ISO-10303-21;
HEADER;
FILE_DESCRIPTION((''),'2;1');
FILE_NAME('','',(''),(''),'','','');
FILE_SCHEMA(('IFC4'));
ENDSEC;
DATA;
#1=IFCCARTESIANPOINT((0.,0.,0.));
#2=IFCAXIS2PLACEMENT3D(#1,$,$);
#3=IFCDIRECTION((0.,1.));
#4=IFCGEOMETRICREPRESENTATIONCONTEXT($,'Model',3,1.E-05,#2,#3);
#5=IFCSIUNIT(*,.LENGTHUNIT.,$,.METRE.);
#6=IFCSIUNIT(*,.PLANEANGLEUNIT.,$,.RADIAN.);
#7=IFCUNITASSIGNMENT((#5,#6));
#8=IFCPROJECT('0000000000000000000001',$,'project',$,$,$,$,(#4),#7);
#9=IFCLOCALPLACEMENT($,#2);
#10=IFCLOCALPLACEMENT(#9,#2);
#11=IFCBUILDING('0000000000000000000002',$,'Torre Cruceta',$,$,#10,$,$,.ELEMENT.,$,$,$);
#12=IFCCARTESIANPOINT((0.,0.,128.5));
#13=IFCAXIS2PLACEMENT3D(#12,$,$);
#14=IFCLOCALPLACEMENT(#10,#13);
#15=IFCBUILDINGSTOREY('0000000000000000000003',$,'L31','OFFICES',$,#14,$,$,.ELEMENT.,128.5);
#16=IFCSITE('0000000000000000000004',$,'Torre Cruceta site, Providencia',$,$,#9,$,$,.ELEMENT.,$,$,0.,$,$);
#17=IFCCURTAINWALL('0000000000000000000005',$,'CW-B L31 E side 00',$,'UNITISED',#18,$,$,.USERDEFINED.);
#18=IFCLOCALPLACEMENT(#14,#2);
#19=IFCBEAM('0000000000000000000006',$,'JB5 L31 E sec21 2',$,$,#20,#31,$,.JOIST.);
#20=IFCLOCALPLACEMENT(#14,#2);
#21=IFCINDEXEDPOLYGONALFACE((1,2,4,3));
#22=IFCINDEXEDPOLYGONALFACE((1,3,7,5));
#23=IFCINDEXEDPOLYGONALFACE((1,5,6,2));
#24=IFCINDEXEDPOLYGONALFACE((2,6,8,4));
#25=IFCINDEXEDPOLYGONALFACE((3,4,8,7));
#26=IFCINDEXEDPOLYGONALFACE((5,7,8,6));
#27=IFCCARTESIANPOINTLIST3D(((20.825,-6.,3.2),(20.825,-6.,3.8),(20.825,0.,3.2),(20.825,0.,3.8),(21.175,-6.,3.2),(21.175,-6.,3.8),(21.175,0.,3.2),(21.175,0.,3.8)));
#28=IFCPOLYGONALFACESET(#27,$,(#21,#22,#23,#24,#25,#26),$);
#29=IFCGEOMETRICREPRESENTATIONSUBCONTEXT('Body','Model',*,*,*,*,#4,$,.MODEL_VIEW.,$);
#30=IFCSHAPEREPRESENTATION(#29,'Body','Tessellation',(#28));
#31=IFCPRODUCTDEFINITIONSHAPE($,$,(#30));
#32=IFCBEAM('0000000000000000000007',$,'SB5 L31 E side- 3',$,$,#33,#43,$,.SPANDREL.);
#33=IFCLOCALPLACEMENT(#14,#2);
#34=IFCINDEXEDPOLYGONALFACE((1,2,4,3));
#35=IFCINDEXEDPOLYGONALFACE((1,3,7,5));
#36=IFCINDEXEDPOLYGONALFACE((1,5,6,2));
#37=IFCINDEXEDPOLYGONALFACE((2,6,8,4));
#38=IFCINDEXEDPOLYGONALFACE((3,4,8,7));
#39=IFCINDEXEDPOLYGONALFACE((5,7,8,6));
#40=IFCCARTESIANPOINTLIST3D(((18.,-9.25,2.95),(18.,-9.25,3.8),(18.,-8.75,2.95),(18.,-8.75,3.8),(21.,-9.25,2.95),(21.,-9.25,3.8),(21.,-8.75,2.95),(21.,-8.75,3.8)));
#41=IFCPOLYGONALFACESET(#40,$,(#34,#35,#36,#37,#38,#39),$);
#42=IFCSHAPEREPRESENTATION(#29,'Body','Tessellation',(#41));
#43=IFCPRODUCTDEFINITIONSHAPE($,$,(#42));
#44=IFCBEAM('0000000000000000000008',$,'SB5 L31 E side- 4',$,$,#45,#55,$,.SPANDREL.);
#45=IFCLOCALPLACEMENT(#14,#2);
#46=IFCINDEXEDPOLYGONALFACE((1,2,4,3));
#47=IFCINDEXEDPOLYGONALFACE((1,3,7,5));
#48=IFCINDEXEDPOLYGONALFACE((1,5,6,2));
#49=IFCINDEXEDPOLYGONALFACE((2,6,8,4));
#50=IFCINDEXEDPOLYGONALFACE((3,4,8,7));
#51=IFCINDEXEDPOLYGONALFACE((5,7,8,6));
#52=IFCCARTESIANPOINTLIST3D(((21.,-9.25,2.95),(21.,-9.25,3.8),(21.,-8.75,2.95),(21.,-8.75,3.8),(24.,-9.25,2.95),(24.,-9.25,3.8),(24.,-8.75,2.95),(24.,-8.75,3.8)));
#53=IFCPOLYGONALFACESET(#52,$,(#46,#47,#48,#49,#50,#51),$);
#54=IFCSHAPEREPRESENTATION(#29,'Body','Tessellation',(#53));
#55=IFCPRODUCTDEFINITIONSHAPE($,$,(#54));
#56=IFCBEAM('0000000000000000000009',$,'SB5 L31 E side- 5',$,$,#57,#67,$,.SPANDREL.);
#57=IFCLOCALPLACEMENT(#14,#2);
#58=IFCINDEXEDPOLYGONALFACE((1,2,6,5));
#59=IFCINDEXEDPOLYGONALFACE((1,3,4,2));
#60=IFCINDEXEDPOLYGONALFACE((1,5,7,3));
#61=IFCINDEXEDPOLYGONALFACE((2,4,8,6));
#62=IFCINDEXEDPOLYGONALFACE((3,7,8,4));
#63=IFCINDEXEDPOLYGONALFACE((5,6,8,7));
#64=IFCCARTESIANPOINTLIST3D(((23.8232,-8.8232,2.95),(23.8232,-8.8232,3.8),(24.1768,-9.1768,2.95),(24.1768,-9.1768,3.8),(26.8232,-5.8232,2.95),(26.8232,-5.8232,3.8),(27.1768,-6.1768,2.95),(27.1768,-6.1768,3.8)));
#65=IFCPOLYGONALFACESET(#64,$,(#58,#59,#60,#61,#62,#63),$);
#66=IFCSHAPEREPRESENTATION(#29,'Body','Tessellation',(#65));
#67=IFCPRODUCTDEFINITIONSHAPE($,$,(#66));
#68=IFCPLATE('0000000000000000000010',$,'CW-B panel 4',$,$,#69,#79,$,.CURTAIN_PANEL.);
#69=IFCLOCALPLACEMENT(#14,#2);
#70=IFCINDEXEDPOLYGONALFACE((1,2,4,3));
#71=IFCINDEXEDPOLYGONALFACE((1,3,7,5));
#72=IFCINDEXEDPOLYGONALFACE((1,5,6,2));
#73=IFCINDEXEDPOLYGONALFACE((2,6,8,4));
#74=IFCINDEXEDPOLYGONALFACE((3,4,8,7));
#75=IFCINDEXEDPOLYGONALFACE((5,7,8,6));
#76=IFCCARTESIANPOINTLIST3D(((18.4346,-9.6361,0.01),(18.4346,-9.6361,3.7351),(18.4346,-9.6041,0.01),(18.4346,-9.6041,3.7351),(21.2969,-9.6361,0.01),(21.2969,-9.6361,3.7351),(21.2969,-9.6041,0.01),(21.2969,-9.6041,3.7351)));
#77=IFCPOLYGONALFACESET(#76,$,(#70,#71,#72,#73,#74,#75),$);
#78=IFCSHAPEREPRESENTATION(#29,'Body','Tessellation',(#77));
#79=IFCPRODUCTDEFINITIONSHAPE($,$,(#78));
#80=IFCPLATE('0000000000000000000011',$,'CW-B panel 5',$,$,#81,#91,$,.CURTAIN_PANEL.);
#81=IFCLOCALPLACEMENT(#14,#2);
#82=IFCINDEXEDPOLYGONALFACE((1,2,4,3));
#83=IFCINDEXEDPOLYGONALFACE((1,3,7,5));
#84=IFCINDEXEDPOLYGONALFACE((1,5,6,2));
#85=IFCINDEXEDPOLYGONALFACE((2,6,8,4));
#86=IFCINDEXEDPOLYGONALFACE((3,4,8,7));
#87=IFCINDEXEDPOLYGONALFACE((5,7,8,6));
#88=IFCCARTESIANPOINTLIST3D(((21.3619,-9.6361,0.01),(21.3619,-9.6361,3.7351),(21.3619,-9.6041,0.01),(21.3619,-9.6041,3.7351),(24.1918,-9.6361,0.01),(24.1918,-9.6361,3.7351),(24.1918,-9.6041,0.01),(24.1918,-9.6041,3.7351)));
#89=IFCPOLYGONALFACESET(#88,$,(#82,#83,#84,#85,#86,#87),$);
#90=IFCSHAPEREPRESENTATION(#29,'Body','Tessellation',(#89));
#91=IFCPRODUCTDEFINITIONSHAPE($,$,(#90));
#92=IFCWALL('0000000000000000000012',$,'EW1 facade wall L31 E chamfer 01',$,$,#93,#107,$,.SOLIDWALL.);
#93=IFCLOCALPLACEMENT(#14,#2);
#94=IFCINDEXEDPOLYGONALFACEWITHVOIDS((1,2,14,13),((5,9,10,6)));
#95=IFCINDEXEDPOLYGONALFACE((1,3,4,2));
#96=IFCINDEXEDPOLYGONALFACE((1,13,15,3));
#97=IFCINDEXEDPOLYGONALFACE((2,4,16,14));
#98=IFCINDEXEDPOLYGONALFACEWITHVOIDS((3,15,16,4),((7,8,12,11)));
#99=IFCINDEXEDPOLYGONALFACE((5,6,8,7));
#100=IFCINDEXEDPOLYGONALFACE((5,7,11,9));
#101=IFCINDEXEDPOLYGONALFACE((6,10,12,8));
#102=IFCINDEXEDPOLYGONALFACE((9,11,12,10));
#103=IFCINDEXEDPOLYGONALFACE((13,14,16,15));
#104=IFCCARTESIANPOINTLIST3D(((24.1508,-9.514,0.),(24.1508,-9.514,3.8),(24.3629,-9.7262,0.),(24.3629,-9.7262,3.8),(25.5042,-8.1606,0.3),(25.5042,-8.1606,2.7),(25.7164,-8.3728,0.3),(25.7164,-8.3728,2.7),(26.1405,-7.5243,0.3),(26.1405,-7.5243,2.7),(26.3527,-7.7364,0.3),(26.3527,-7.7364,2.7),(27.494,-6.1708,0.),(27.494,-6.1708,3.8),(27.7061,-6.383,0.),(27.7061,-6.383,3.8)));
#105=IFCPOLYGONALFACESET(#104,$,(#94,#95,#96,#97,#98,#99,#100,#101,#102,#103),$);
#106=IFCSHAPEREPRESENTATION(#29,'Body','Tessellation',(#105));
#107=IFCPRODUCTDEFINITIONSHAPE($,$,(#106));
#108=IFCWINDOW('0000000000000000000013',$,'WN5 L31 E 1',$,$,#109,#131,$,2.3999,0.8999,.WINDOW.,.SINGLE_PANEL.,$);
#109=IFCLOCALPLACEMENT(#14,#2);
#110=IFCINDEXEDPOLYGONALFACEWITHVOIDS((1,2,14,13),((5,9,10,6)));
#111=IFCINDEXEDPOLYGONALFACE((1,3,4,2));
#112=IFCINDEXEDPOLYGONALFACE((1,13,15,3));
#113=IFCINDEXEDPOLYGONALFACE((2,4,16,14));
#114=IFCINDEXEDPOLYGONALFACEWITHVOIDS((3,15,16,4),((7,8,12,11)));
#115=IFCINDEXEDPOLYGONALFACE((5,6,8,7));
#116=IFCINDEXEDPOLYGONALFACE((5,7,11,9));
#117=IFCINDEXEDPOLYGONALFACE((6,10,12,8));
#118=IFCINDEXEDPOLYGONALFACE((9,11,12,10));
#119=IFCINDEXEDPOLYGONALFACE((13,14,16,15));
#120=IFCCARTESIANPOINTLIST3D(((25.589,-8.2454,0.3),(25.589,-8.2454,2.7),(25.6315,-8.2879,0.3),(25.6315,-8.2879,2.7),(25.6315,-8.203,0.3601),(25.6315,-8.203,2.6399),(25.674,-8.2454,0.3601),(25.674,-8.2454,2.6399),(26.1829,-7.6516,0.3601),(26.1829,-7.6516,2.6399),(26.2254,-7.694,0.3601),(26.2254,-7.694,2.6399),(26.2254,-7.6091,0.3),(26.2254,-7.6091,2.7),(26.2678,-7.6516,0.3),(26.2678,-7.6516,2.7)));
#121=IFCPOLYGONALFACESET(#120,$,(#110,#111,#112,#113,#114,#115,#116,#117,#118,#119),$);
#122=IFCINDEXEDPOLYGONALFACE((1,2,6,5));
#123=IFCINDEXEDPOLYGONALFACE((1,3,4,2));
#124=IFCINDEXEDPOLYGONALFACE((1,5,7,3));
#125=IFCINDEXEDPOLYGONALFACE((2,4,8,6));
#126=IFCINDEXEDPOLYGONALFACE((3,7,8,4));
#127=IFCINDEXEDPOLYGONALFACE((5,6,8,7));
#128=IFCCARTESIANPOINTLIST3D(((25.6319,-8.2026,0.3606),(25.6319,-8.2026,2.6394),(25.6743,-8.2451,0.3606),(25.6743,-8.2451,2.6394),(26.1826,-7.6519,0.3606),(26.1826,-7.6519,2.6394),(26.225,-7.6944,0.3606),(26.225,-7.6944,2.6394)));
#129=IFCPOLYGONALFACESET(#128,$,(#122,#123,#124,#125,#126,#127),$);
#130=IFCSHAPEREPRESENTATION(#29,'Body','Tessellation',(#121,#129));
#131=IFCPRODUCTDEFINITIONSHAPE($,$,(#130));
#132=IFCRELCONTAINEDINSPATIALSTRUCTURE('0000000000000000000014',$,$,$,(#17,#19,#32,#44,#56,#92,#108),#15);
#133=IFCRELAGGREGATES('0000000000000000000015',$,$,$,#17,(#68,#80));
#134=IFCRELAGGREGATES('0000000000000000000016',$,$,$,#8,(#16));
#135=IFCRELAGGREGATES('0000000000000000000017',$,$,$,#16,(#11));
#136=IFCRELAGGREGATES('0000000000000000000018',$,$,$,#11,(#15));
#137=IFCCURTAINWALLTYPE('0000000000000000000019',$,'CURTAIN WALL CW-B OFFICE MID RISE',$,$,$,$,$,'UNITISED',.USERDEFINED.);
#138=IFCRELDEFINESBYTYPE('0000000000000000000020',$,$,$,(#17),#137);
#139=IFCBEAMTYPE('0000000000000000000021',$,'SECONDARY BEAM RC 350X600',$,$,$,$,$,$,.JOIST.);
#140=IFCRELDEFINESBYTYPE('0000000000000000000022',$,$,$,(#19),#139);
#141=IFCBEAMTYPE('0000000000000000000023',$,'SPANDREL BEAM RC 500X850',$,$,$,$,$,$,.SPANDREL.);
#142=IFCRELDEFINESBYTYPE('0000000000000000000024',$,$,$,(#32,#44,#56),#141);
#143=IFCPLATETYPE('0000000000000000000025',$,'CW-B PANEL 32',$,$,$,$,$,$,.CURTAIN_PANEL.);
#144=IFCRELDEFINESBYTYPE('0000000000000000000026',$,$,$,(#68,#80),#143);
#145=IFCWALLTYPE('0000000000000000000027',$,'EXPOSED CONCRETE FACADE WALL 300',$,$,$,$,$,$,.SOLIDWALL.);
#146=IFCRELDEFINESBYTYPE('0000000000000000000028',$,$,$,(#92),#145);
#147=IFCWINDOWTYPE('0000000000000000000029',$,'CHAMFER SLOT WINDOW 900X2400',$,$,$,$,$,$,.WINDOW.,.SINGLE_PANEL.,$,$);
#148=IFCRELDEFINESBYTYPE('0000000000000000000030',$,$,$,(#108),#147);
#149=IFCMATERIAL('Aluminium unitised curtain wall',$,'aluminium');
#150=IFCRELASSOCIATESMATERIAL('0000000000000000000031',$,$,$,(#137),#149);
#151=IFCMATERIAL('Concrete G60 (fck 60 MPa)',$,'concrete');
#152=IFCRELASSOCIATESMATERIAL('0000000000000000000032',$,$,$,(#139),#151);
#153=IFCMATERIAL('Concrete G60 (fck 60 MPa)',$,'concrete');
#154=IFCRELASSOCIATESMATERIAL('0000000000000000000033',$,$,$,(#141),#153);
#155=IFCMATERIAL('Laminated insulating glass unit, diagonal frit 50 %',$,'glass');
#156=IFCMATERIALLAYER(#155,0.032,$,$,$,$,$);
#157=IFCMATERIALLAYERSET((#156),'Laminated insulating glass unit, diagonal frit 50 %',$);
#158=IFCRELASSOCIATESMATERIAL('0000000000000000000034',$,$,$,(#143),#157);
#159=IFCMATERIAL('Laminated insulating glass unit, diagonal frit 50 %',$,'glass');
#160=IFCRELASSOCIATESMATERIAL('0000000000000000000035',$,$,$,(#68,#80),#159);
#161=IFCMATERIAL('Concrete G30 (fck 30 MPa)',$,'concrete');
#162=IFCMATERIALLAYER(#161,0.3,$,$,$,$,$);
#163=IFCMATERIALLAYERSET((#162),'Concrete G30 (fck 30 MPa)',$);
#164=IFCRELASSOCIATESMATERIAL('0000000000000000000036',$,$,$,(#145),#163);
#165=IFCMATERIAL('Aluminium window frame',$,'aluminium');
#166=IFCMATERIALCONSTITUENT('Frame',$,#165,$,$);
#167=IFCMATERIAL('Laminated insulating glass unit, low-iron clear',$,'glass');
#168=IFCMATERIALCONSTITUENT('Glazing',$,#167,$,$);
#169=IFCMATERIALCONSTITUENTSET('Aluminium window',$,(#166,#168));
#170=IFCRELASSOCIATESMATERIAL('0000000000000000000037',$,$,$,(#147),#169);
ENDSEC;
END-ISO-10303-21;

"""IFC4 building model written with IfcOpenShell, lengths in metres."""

from ifc_helpers import new_model, si_unit, direction, frame, frame_2d, origin, origin_2d, place, context, subcontext, project, spatial, rectangle, hollow_rectangle, extrude, material, layer, layer_set, constituent, constituent_set, material_profile, profile_set, type_object, element, fill, aggregate, save


model = new_model("IFC4")

# Units and contexts
model_context = context("Model", 3, precision=1e-05, world=origin(), true_north=direction((0.0, 1.0)))
body_context = subcontext(model_context, "Body", "Model", "MODEL_VIEW")
ifc_project = project(units=[si_unit("LENGTHUNIT", "METRE"), si_unit("PLANEANGLEUNIT", "RADIAN")], contexts=[model_context])

# Site, building, storey
site_placement = place(None, origin())
site = spatial("IfcSite", under=ifc_project, at=site_placement, Name="Torre Cruceta site, Providencia", CompositionType="ELEMENT", RefElevation=0.0)
building_placement = place(site_placement, origin())
building = spatial("IfcBuilding", under=site, at=building_placement, Name="Torre Cruceta", CompositionType="ELEMENT")
storey_placement = place(building_placement, frame((0.0, 0.0, 128.5)))
storey = spatial("IfcBuildingStorey", under=building, at=storey_placement, Name="L31", Description="OFFICES", CompositionType="ELEMENT", Elevation=128.5)

# Curtain wall
ifc_material_1 = material(Name="Aluminium unitised curtain wall", Category="aluminium")
curtain_wall_type = type_object("IfcCurtainWallType", Name="CURTAIN WALL CW-B OFFICE MID RISE", ElementType="UNITISED", PredefinedType="USERDEFINED", material=ifc_material_1)
curtain_wall_placement = place(storey_placement, origin())
curtain_wall = element("IfcCurtainWall", 1, at=curtain_wall_placement, inside=storey, type_object=curtain_wall_type, Name="CW-B L31 E side 00", ObjectType="UNITISED", PredefinedType="USERDEFINED")

# Beams
ifc_material_2 = material(Name="Concrete G60 (fck 60 MPa)", Category="concrete")
ifc_material_profile_1 = material_profile(ifc_material_2, rectangle(XDim=0.3501, YDim=0.6001, at=origin_2d()), Name="RC 350X600")
ifc_profile_set_1 = profile_set([ifc_material_profile_1], Name="Concrete G60 (fck 60 MPa)")
beam_type_1 = type_object("IfcBeamType", Name="SECONDARY BEAM RC 350X600", PredefinedType="JOIST", material=ifc_profile_set_1)
beam_1_placement = place(storey_placement, frame((21.0, -6.0, 3.5), z_axis=(0.0, 1.0, 0.0), x_axis=(-1.0, 0.0, 0.0)))
element("IfcBeam", 2, at=beam_1_placement, inside=storey, type_object=beam_type_1, Name="JB5 L31 E sec21 2", PredefinedType="JOIST", context=body_context, shape_type="SweptSolid", body=[
    extrude(rectangle(XDim=0.3501, YDim=0.6001, at=origin_2d()), origin(), (0.0, 0.0, 1.0), 6.0),
])
ifc_material_3 = material(Name="Concrete G60 (fck 60 MPa)", Category="concrete")
ifc_material_profile_2 = material_profile(ifc_material_3, rectangle(XDim=0.5, YDim=0.8501, at=origin_2d()), Name="RC 500X850")
ifc_profile_set_2 = profile_set([ifc_material_profile_2], Name="Concrete G60 (fck 60 MPa)")
beam_type_2 = type_object("IfcBeamType", Name="SPANDREL BEAM RC 500X850", PredefinedType="SPANDREL", material=ifc_profile_set_2)
for number, where, z_axis, x_axis, name in (
    (3, (18.0, -9.0, 3.375), (1.0, 0.0, 0.0), (0.0, 1.0, 0.0), "SB5 L31 E side- 3"),
    (4, (21.0, -9.0, 3.375), (1.0, 0.0, 0.0), (0.0, 1.0, 0.0), "SB5 L31 E side- 4"),
):
    element("IfcBeam", number, at=place(storey_placement, frame(where, z_axis=z_axis, x_axis=x_axis)), inside=storey, type_object=beam_type_2, Name=name, PredefinedType="SPANDREL", context=body_context, shape_type="SweptSolid", body=[
        extrude(rectangle(XDim=0.5, YDim=0.8501, at=origin_2d()), origin(), (0.0, 0.0, 1.0), 3.0),
    ])
beam_2_placement = place(storey_placement, frame((24.0, -9.0, 3.375), z_axis=(0.707107, 0.707107, 0.0), x_axis=(-0.707107, 0.707107, 0.0)))
element("IfcBeam", 5, at=beam_2_placement, inside=storey, type_object=beam_type_2, Name="SB5 L31 E side- 5", PredefinedType="SPANDREL", context=body_context, shape_type="SweptSolid", body=[
    extrude(rectangle(XDim=0.5, YDim=0.8501, at=origin_2d()), origin(), (0.0, 0.0, 1.0), 4.2427),
])

# Plates
ifc_material_4 = material(Name="Laminated insulating glass unit, diagonal frit 50 %", Category="glass")
ifc_material_5 = material(Name="Laminated insulating glass unit, diagonal frit 50 %", Category="glass")
ifc_layer_1 = layer(ifc_material_5, 0.032)
ifc_layer_set_1 = layer_set([ifc_layer_1], Name="Laminated insulating glass unit, diagonal frit 50 %")
plate_type = type_object("IfcPlateType", Name="CW-B PANEL 32", PredefinedType="CURTAIN_PANEL", material=ifc_layer_set_1)
plate_1_placement = place(storey_placement, frame((19.8657, -9.6201, 0.01), z_axis=(0.0, 0.0, 1.0), x_axis=(1.0, 0.0, 0.0)))
plate_1 = element("IfcPlate", 6, at=plate_1_placement, type_object=plate_type, material=ifc_material_4, Name="CW-B panel 4", PredefinedType="CURTAIN_PANEL", context=body_context, shape_type="SweptSolid", body=[
    extrude(rectangle(XDim=2.8623, YDim=0.032, at=origin_2d()), origin(), (0.0, 0.0, 1.0), 3.7251),
])
plate_2_placement = place(storey_placement, frame((22.7769, -9.6201, 0.01), z_axis=(0.0, 0.0, 1.0), x_axis=(1.0, 0.0, 0.0)))
plate_2 = element("IfcPlate", 7, at=plate_2_placement, type_object=plate_type, material=ifc_material_4, Name="CW-B panel 5", PredefinedType="CURTAIN_PANEL", context=body_context, shape_type="SweptSolid", body=[
    extrude(rectangle(XDim=2.8298, YDim=0.032, at=origin_2d()), origin(), (0.0, 0.0, 1.0), 3.7251),
])
aggregate(curtain_wall, [plate_1, plate_2])

# Wall, opening, window
ifc_material_6 = material(Name="Concrete G30 (fck 30 MPa)", Category="concrete")
ifc_layer_2 = layer(ifc_material_6, 0.3)
ifc_layer_set_2 = layer_set([ifc_layer_2], Name="Concrete G30 (fck 30 MPa)")
wall_type_1 = type_object("IfcWallType", Name="EXPOSED CONCRETE FACADE WALL 300", PredefinedType="SOLIDWALL", material=ifc_layer_set_2)
wall_1_placement = place(storey_placement, frame((24.2568, -9.6201, 0.0), z_axis=(0.0, 0.0, 1.0), x_axis=(0.707107, 0.707107, 0.0)))
wall_1 = element("IfcWall", 8, at=wall_1_placement, inside=storey, type_object=wall_type_1, Name="EW1 facade wall L31 E chamfer 01", PredefinedType="SOLIDWALL", context=body_context, shape_type="SweptSolid", body=[
    extrude(rectangle(XDim=4.728, YDim=0.3, at=frame_2d((2.364, 0.0))), origin(), (0.0, 0.0, 1.0), 3.8),
])
opening_1_placement = place(wall_1_placement, frame((1.9141, 0.0, 0.3)))
opening_1 = element("IfcOpeningElement", 9, at=opening_1_placement, cuts=wall_1, PredefinedType="OPENING", context=body_context, shape_type="SweptSolid", body=[
    extrude(rectangle(XDim=0.8999, YDim=2.3999, at=frame_2d((0.45, 1.2))), frame((0.0, 0.1599, 0.0), z_axis=(0.0, -1.0, 0.0), x_axis=(1.0, 0.0, 0.0)), (0.0, 0.0, 1.0), 0.3201),
])
ifc_material_7 = material(Name="Aluminium window frame", Category="aluminium")
ifc_constituent_1 = constituent(ifc_material_7, Name="Frame")
ifc_material_8 = material(Name="Laminated insulating glass unit, low-iron clear", Category="glass")
ifc_constituent_2 = constituent(ifc_material_8, Name="Glazing")
ifc_constituent_set_1 = constituent_set(constituents=[ifc_constituent_1, ifc_constituent_2], Name="Aluminium window")
window_type_1 = type_object("IfcWindowType", Name="CHAMFER SLOT WINDOW 900X2400", PartitioningType="SINGLE_PANEL", PredefinedType="WINDOW", material=ifc_constituent_set_1)
window_1_placement = place(opening_1_placement, origin())
window_1 = element("IfcWindow", 10, at=window_1_placement, inside=storey, type_object=window_type_1, Name="WN5 L31 E 1", OverallHeight=2.3999, OverallWidth=0.8999, PartitioningType="SINGLE_PANEL", PredefinedType="WINDOW", context=body_context, shape_type="SweptSolid", body=[
    extrude(hollow_rectangle(XDim=0.8999, YDim=2.3999, WallThickness=0.0601, at=frame_2d((0.45, 1.2))), frame((0.0, 0.03, 0.0), z_axis=(0.0, -1.0, 0.0), x_axis=(1.0, 0.0, 0.0)), (0.0, 0.0, 1.0), 0.0601),
    extrude(rectangle(XDim=0.7788, YDim=2.2788, at=frame_2d((0.45, 1.2))), frame((0.0, 0.03, 0.0), z_axis=(0.0, -1.0, 0.0), x_axis=(1.0, 0.0, 0.0)), (0.0, 0.0, 1.0), 0.0601),
])
fill(opening_1, window_1)

save(model, "model.ifc")
